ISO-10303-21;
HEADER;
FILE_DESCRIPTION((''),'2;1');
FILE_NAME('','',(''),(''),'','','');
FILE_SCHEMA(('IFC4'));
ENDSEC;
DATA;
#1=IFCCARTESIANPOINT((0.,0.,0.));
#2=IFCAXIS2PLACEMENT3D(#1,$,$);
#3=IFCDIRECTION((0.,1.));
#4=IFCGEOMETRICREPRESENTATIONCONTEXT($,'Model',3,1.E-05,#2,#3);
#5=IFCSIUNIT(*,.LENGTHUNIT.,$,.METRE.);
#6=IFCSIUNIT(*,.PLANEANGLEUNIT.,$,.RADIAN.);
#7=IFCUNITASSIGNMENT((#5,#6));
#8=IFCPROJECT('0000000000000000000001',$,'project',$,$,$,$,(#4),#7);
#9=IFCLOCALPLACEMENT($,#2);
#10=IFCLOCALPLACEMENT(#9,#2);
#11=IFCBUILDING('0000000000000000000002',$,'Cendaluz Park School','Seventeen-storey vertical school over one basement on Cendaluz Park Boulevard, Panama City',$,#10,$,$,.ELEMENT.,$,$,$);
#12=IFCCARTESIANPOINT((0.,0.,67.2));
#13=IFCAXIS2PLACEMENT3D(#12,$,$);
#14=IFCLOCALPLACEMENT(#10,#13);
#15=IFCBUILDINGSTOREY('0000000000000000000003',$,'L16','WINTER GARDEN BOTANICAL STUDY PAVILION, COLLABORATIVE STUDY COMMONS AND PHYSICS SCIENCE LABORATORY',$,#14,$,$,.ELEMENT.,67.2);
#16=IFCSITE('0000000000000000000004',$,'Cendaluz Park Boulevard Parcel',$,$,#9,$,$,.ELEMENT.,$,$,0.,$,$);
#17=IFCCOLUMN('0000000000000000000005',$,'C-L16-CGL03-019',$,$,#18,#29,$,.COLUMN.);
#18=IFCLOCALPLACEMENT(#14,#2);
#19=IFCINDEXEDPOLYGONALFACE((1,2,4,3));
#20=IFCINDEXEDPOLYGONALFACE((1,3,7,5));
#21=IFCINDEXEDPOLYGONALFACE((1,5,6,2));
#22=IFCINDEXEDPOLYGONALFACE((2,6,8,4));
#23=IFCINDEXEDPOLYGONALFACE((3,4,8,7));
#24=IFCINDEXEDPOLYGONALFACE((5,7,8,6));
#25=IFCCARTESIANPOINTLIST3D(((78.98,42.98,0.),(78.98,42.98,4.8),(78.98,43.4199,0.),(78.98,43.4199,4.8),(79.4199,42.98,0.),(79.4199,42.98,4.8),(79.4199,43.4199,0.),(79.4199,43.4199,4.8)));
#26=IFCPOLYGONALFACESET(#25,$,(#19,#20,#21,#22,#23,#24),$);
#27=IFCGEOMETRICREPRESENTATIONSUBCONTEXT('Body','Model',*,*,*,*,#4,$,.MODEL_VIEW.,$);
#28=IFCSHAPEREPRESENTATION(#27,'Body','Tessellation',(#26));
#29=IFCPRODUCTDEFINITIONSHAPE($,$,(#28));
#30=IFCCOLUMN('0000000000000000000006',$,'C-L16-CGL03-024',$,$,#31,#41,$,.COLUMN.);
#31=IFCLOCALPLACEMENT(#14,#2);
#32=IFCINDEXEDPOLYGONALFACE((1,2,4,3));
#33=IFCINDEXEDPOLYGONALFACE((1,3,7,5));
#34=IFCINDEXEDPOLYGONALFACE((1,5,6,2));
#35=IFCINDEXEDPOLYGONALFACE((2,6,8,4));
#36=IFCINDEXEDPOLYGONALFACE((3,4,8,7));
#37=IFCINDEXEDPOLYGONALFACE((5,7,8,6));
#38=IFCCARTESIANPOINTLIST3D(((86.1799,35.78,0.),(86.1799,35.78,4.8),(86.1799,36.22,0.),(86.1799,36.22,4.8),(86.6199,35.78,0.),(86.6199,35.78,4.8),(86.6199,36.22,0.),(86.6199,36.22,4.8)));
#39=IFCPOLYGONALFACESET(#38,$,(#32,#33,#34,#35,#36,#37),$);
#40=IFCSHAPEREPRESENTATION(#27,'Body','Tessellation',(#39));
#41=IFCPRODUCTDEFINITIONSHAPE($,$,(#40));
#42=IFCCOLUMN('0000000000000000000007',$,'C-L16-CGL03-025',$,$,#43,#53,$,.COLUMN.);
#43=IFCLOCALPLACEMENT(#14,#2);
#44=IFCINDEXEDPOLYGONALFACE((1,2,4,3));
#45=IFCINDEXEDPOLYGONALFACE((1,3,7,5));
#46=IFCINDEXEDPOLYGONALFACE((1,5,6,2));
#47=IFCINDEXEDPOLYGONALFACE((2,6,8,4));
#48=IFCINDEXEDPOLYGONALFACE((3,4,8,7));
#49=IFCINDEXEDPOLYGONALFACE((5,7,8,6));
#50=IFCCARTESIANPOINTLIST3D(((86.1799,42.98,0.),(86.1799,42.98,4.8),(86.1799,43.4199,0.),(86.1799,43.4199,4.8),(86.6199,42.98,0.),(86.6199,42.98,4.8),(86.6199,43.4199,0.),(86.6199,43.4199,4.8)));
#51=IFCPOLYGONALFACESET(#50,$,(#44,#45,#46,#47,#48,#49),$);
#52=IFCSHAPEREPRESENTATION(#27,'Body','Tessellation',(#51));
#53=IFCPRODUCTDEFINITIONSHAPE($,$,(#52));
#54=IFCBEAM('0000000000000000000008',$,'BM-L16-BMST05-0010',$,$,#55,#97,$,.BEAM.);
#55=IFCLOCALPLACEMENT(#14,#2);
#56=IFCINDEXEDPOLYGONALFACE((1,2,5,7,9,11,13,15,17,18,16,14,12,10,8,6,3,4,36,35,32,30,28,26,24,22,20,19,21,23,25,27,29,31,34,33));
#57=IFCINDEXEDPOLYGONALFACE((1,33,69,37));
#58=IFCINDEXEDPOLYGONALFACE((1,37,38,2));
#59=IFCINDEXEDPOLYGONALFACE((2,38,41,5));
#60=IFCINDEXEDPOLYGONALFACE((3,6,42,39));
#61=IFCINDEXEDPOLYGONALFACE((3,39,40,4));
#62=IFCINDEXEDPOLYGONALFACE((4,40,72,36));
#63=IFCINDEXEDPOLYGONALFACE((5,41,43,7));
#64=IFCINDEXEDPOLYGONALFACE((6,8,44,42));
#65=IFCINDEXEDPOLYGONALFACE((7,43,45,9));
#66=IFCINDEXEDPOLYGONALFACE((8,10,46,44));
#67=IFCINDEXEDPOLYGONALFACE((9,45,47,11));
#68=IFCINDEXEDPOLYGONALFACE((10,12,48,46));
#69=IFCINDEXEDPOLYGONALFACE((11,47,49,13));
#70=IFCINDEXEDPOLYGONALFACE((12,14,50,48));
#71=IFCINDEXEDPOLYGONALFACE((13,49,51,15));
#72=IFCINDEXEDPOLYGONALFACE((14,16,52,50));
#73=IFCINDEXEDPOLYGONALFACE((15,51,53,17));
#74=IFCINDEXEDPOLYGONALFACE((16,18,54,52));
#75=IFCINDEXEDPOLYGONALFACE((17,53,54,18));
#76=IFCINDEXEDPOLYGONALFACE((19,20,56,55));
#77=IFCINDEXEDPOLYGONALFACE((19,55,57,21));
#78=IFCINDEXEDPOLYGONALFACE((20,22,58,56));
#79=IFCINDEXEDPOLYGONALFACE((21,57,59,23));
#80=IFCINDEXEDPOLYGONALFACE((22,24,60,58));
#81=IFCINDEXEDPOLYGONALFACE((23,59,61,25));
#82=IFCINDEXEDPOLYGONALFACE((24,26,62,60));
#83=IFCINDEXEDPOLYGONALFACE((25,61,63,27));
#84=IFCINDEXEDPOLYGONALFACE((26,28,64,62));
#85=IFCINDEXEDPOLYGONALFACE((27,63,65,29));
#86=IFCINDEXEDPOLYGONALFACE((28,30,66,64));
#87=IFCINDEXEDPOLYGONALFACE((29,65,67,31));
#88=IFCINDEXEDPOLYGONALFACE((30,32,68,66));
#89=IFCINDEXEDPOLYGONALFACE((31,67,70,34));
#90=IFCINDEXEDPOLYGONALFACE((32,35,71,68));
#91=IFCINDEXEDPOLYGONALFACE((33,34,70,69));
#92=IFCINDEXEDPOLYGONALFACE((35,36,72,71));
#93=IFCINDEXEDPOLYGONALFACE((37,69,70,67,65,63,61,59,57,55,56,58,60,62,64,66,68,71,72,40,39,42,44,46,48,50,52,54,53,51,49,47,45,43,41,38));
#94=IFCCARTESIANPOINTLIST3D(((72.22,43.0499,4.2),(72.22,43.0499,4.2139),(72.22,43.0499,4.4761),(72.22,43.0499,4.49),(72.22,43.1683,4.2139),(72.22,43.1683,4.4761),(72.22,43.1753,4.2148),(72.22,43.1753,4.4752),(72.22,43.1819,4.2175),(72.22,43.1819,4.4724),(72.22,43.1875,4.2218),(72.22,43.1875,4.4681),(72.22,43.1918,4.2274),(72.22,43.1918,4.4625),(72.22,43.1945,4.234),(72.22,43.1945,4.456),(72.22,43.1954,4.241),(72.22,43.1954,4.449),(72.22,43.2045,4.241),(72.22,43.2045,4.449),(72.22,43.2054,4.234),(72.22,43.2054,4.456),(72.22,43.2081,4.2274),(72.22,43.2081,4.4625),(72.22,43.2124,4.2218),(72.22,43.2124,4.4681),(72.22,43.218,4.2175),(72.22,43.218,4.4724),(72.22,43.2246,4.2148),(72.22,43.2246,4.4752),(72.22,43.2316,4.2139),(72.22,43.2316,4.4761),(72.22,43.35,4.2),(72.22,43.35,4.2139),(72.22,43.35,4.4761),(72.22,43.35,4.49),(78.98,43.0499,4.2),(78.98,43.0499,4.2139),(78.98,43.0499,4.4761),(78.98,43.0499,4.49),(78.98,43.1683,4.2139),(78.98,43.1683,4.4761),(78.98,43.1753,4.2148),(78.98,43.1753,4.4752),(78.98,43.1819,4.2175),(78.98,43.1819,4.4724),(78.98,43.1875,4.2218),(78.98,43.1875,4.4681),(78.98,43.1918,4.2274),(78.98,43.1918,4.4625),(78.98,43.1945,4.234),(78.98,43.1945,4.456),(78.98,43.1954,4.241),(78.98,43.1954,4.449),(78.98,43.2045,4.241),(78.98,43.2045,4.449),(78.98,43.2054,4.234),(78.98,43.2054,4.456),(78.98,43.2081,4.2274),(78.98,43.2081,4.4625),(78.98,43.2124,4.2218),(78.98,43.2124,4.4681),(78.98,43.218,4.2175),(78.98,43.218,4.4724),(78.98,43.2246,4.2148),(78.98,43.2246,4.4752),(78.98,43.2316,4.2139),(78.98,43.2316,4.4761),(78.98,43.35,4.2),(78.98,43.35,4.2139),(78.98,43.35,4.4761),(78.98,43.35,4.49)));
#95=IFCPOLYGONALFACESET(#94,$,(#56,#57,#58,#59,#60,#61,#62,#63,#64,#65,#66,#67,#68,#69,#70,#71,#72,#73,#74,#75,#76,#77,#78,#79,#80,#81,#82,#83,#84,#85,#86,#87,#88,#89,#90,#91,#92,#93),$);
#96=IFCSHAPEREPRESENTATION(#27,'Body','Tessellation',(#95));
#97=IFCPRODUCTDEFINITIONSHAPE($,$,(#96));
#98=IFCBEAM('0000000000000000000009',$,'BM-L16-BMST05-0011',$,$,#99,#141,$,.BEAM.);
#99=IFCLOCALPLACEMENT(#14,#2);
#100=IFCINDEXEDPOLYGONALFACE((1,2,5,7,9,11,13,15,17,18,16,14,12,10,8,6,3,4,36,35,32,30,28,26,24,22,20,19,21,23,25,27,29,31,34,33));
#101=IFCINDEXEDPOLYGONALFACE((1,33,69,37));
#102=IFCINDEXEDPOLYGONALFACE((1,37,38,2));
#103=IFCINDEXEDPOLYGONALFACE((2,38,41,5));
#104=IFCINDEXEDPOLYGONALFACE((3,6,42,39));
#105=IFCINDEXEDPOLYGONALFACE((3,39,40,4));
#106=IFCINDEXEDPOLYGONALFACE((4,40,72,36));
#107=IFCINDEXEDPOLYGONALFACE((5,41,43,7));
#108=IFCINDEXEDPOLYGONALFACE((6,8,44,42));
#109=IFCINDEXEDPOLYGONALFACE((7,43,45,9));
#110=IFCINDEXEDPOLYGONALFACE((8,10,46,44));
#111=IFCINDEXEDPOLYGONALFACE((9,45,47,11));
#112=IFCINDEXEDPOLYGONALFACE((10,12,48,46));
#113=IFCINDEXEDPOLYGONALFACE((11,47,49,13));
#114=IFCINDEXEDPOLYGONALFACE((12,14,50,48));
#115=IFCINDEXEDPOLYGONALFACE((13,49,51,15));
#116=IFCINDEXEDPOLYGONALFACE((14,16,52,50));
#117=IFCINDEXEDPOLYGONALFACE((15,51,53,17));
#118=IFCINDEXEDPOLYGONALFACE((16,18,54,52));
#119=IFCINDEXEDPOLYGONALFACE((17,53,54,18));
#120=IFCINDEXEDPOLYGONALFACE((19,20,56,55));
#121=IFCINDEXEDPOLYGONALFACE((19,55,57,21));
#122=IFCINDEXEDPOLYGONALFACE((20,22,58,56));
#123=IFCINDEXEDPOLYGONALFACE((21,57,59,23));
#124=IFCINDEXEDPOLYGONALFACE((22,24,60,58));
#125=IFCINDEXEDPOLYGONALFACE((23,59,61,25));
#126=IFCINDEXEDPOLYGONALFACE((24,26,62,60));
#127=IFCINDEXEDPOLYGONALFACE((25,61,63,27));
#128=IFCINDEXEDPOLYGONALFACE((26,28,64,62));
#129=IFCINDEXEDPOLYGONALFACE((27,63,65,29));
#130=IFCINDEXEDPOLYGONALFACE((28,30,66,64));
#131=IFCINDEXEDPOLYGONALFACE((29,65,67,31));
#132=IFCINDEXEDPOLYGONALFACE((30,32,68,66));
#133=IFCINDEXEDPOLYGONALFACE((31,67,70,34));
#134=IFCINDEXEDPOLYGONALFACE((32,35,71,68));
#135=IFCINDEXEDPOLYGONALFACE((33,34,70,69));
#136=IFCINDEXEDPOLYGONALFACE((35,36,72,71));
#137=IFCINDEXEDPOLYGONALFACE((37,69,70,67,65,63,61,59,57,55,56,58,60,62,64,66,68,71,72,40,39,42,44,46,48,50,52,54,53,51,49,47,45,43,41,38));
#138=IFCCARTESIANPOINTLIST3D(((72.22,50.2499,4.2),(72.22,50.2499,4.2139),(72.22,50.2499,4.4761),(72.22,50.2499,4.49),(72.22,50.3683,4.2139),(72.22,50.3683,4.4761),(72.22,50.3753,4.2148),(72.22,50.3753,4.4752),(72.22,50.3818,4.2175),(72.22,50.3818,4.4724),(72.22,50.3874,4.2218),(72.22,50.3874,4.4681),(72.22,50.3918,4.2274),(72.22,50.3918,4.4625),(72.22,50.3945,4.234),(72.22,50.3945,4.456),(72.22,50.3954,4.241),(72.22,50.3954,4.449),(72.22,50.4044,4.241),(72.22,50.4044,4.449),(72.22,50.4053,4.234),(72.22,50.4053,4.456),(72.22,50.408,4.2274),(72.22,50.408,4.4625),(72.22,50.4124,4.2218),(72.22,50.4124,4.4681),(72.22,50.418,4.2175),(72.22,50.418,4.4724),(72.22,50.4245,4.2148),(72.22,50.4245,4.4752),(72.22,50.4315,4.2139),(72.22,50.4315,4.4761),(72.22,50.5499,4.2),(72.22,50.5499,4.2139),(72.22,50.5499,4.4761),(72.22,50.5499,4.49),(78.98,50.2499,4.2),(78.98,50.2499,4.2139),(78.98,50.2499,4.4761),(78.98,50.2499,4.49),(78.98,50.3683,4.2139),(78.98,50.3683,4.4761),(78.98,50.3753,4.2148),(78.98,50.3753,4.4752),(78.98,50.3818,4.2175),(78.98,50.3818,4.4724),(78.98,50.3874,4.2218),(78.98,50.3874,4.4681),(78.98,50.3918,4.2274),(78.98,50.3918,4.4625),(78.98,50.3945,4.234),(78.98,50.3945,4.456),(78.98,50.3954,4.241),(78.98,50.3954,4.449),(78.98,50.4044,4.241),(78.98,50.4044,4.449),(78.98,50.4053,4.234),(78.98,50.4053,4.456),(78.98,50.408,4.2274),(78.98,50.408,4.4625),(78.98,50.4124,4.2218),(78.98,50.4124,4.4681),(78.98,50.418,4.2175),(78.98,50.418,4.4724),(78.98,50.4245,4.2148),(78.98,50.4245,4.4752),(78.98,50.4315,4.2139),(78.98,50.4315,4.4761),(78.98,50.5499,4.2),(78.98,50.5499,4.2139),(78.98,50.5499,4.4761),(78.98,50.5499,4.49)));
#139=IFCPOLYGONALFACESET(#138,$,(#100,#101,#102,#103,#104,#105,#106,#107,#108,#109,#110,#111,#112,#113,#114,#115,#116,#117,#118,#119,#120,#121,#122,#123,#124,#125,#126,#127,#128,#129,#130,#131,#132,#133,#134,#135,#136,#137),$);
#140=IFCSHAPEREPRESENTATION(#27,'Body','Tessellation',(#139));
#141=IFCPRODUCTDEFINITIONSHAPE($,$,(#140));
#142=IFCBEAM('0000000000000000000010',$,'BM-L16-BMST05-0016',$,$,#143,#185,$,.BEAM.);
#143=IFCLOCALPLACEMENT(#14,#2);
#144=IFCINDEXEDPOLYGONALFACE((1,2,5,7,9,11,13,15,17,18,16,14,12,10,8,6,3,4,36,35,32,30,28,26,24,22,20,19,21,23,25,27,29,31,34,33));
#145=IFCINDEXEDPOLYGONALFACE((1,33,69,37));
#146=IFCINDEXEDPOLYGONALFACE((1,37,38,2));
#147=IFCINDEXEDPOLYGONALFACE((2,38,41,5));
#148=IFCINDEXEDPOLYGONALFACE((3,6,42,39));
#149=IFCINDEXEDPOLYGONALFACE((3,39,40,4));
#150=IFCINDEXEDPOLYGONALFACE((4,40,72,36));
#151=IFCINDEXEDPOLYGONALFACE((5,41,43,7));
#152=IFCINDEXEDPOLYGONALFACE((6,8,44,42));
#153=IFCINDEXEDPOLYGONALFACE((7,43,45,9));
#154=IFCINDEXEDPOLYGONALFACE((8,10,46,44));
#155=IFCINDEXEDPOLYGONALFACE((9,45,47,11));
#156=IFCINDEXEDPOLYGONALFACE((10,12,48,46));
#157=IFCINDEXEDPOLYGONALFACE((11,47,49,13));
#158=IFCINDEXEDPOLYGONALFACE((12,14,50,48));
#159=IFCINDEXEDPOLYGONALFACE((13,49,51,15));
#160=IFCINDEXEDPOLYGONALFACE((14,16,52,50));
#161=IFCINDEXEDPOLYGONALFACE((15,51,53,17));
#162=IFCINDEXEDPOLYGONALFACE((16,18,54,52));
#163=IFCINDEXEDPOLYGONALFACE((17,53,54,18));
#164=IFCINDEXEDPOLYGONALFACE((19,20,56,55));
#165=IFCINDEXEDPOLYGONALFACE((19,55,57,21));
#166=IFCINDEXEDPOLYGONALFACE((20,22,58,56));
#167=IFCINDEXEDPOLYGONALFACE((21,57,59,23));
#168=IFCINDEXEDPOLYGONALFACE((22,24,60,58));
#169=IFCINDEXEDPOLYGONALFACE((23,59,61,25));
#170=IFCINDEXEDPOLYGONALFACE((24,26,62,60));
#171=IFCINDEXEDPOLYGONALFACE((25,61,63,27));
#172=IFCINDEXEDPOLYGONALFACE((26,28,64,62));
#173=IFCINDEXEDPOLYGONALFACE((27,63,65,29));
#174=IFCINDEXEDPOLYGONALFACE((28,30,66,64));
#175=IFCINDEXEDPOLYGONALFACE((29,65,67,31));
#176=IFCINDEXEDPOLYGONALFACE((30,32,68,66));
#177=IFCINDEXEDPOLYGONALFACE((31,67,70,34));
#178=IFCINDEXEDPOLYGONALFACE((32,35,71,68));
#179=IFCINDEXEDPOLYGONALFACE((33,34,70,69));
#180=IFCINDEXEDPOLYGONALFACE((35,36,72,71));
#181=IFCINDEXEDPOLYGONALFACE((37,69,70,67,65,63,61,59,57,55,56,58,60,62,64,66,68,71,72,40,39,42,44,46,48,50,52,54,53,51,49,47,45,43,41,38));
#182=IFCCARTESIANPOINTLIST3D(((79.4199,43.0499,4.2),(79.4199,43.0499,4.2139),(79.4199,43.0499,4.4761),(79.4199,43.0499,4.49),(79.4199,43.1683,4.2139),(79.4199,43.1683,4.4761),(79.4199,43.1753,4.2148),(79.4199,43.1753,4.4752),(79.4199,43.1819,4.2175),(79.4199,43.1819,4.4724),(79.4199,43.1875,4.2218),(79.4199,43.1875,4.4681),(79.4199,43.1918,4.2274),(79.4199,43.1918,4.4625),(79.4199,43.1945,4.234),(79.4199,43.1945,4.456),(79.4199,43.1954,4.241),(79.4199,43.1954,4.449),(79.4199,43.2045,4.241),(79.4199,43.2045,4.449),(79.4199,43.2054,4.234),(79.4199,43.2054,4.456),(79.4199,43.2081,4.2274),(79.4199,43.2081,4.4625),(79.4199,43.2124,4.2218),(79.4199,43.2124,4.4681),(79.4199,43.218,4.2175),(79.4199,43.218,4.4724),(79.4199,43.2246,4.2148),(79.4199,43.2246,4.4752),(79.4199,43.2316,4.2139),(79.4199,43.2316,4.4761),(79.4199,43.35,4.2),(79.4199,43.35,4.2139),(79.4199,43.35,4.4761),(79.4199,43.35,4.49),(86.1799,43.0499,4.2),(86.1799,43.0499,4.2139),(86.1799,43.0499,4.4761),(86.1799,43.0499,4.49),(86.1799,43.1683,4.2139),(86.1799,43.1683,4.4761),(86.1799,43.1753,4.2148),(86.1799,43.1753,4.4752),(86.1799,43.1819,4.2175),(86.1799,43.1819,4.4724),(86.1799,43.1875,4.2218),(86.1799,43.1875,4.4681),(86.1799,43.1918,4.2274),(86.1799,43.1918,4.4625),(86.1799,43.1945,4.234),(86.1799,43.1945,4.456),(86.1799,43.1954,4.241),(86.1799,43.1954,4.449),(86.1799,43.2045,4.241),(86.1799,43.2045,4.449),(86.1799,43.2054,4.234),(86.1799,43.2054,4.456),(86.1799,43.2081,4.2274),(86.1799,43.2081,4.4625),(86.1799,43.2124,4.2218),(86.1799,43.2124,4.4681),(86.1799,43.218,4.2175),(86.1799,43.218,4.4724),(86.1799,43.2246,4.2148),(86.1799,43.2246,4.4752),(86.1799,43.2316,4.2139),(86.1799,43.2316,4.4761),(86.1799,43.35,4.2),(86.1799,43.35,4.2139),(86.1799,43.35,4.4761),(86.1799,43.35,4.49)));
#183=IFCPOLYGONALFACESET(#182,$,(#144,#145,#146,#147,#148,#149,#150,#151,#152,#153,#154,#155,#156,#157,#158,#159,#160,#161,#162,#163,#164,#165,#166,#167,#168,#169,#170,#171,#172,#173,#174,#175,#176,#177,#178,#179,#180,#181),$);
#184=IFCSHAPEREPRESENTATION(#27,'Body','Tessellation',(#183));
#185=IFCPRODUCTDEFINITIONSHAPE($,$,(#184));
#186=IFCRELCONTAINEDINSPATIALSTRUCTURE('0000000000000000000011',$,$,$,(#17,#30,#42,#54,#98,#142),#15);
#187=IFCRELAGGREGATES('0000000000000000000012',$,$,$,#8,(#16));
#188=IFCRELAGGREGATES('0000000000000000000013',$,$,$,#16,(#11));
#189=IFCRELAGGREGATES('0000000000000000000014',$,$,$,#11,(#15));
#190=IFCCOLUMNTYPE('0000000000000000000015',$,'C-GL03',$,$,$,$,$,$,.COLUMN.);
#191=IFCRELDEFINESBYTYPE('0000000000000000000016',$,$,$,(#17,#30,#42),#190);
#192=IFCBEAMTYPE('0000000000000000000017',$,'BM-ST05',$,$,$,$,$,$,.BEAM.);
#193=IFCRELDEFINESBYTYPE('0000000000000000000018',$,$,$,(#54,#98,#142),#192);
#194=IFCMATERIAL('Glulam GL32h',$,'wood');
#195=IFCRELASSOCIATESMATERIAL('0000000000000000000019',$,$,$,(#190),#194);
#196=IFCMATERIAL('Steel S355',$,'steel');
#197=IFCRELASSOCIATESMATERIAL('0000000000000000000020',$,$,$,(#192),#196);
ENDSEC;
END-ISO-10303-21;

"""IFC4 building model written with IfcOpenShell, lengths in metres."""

from ifc_helpers import new_model, si_unit, direction, frame, origin, origin_2d, place, context, subcontext, project, spatial, rectangle, i_section, extrude, material, material_profile, profile_set, type_object, element, save


model = new_model("IFC4")

# Units and contexts
model_context = context("Model", 3, precision=1e-05, world=origin(), true_north=direction((0.0, 1.0)))
body_context = subcontext(model_context, "Body", "Model", "MODEL_VIEW")
ifc_project = project(units=[si_unit("LENGTHUNIT", "METRE"), si_unit("PLANEANGLEUNIT", "RADIAN")], contexts=[model_context])

# Site, building, storey
site_placement = place(None, origin())
site = spatial("IfcSite", under=ifc_project, at=site_placement, Name="Cendaluz Park Boulevard Parcel", CompositionType="ELEMENT", RefElevation=0.0)
building_placement = place(site_placement, origin())
building = spatial("IfcBuilding", under=site, at=building_placement, Name="Cendaluz Park School", Description="Seventeen-storey vertical school over one basement on Cendaluz Park Boulevard, Panama City", CompositionType="ELEMENT")
storey_placement = place(building_placement, frame((0.0, 0.0, 67.2)))
storey = spatial("IfcBuildingStorey", under=building, at=storey_placement, Name="L16", Description="WINTER GARDEN BOTANICAL STUDY PAVILION, COLLABORATIVE STUDY COMMONS AND PHYSICS SCIENCE LABORATORY", CompositionType="ELEMENT", Elevation=67.2)

# Columns
ifc_material_1 = material(Name="Glulam GL32h", Category="wood")
ifc_material_profile_1 = material_profile(ifc_material_1, rectangle(XDim=0.4399, YDim=0.4399, at=origin_2d()), Name="GL32h 440x440", Category="wood")
ifc_profile_set_1 = profile_set([ifc_material_profile_1], Name="Glulam GL32h")
column_type = type_object("IfcColumnType", Name="C-GL03", PredefinedType="COLUMN", material=ifc_profile_set_1)
for number, where, z_axis, x_axis, name in (
    (1, (79.2, 43.2, 0.0), (0.0, 0.0, 1.0), (1.0, 0.0, 0.0), "C-L16-CGL03-019"),
    (2, (86.3999, 36.0, 0.0), (0.0, 0.0, 1.0), (1.0, 0.0, 0.0), "C-L16-CGL03-024"),
    (3, (86.3999, 43.2, 0.0), (0.0, 0.0, 1.0), (1.0, 0.0, 0.0), "C-L16-CGL03-025"),
):
    element("IfcColumn", number, at=place(storey_placement, frame(where, z_axis=z_axis, x_axis=x_axis)), inside=storey, type_object=column_type, Name=name, PredefinedType="COLUMN", context=body_context, shape_type="SweptSolid", body=[
        extrude(rectangle(XDim=0.4399, YDim=0.4399, at=origin_2d()), origin(), (0.0, 0.0, 1.0), 4.8),
    ])

# Beams
ifc_material_2 = material(Name="Steel S355", Category="steel")
ifc_material_profile_2 = material_profile(ifc_material_2, i_section(OverallWidth=0.3, OverallDepth=0.29, WebThickness=0.009, FlangeThickness=0.0139, FilletRadius=0.0271, at=origin_2d()), Name="HEA 300", Category="steel")
ifc_profile_set_2 = profile_set([ifc_material_profile_2], Name="Steel S355")
beam_type_1 = type_object("IfcBeamType", Name="BM-ST05", PredefinedType="BEAM", material=ifc_profile_set_2)
for number, where, z_axis, x_axis, name in (
    (4, (72.22, 43.2, 4.345), (1.0, 0.0, 0.0), (0.0, 1.0, 0.0), "BM-L16-BMST05-0010"),
    (5, (72.22, 50.3999, 4.345), (1.0, 0.0, 0.0), (0.0, 1.0, 0.0), "BM-L16-BMST05-0011"),
    (6, (79.4199, 43.2, 4.345), (1.0, 0.0, 0.0), (0.0, 1.0, 0.0), "BM-L16-BMST05-0016"),
):
    element("IfcBeam", number, at=place(storey_placement, frame(where, z_axis=z_axis, x_axis=x_axis)), inside=storey, type_object=beam_type_1, Name=name, PredefinedType="BEAM", context=body_context, shape_type="SweptSolid", body=[
        extrude(i_section(OverallWidth=0.3, OverallDepth=0.29, WebThickness=0.009, FlangeThickness=0.0139, FilletRadius=0.0271, at=origin_2d()), origin(), (0.0, 0.0, 1.0), 6.76),
    ])

save(model, "model.ifc")
